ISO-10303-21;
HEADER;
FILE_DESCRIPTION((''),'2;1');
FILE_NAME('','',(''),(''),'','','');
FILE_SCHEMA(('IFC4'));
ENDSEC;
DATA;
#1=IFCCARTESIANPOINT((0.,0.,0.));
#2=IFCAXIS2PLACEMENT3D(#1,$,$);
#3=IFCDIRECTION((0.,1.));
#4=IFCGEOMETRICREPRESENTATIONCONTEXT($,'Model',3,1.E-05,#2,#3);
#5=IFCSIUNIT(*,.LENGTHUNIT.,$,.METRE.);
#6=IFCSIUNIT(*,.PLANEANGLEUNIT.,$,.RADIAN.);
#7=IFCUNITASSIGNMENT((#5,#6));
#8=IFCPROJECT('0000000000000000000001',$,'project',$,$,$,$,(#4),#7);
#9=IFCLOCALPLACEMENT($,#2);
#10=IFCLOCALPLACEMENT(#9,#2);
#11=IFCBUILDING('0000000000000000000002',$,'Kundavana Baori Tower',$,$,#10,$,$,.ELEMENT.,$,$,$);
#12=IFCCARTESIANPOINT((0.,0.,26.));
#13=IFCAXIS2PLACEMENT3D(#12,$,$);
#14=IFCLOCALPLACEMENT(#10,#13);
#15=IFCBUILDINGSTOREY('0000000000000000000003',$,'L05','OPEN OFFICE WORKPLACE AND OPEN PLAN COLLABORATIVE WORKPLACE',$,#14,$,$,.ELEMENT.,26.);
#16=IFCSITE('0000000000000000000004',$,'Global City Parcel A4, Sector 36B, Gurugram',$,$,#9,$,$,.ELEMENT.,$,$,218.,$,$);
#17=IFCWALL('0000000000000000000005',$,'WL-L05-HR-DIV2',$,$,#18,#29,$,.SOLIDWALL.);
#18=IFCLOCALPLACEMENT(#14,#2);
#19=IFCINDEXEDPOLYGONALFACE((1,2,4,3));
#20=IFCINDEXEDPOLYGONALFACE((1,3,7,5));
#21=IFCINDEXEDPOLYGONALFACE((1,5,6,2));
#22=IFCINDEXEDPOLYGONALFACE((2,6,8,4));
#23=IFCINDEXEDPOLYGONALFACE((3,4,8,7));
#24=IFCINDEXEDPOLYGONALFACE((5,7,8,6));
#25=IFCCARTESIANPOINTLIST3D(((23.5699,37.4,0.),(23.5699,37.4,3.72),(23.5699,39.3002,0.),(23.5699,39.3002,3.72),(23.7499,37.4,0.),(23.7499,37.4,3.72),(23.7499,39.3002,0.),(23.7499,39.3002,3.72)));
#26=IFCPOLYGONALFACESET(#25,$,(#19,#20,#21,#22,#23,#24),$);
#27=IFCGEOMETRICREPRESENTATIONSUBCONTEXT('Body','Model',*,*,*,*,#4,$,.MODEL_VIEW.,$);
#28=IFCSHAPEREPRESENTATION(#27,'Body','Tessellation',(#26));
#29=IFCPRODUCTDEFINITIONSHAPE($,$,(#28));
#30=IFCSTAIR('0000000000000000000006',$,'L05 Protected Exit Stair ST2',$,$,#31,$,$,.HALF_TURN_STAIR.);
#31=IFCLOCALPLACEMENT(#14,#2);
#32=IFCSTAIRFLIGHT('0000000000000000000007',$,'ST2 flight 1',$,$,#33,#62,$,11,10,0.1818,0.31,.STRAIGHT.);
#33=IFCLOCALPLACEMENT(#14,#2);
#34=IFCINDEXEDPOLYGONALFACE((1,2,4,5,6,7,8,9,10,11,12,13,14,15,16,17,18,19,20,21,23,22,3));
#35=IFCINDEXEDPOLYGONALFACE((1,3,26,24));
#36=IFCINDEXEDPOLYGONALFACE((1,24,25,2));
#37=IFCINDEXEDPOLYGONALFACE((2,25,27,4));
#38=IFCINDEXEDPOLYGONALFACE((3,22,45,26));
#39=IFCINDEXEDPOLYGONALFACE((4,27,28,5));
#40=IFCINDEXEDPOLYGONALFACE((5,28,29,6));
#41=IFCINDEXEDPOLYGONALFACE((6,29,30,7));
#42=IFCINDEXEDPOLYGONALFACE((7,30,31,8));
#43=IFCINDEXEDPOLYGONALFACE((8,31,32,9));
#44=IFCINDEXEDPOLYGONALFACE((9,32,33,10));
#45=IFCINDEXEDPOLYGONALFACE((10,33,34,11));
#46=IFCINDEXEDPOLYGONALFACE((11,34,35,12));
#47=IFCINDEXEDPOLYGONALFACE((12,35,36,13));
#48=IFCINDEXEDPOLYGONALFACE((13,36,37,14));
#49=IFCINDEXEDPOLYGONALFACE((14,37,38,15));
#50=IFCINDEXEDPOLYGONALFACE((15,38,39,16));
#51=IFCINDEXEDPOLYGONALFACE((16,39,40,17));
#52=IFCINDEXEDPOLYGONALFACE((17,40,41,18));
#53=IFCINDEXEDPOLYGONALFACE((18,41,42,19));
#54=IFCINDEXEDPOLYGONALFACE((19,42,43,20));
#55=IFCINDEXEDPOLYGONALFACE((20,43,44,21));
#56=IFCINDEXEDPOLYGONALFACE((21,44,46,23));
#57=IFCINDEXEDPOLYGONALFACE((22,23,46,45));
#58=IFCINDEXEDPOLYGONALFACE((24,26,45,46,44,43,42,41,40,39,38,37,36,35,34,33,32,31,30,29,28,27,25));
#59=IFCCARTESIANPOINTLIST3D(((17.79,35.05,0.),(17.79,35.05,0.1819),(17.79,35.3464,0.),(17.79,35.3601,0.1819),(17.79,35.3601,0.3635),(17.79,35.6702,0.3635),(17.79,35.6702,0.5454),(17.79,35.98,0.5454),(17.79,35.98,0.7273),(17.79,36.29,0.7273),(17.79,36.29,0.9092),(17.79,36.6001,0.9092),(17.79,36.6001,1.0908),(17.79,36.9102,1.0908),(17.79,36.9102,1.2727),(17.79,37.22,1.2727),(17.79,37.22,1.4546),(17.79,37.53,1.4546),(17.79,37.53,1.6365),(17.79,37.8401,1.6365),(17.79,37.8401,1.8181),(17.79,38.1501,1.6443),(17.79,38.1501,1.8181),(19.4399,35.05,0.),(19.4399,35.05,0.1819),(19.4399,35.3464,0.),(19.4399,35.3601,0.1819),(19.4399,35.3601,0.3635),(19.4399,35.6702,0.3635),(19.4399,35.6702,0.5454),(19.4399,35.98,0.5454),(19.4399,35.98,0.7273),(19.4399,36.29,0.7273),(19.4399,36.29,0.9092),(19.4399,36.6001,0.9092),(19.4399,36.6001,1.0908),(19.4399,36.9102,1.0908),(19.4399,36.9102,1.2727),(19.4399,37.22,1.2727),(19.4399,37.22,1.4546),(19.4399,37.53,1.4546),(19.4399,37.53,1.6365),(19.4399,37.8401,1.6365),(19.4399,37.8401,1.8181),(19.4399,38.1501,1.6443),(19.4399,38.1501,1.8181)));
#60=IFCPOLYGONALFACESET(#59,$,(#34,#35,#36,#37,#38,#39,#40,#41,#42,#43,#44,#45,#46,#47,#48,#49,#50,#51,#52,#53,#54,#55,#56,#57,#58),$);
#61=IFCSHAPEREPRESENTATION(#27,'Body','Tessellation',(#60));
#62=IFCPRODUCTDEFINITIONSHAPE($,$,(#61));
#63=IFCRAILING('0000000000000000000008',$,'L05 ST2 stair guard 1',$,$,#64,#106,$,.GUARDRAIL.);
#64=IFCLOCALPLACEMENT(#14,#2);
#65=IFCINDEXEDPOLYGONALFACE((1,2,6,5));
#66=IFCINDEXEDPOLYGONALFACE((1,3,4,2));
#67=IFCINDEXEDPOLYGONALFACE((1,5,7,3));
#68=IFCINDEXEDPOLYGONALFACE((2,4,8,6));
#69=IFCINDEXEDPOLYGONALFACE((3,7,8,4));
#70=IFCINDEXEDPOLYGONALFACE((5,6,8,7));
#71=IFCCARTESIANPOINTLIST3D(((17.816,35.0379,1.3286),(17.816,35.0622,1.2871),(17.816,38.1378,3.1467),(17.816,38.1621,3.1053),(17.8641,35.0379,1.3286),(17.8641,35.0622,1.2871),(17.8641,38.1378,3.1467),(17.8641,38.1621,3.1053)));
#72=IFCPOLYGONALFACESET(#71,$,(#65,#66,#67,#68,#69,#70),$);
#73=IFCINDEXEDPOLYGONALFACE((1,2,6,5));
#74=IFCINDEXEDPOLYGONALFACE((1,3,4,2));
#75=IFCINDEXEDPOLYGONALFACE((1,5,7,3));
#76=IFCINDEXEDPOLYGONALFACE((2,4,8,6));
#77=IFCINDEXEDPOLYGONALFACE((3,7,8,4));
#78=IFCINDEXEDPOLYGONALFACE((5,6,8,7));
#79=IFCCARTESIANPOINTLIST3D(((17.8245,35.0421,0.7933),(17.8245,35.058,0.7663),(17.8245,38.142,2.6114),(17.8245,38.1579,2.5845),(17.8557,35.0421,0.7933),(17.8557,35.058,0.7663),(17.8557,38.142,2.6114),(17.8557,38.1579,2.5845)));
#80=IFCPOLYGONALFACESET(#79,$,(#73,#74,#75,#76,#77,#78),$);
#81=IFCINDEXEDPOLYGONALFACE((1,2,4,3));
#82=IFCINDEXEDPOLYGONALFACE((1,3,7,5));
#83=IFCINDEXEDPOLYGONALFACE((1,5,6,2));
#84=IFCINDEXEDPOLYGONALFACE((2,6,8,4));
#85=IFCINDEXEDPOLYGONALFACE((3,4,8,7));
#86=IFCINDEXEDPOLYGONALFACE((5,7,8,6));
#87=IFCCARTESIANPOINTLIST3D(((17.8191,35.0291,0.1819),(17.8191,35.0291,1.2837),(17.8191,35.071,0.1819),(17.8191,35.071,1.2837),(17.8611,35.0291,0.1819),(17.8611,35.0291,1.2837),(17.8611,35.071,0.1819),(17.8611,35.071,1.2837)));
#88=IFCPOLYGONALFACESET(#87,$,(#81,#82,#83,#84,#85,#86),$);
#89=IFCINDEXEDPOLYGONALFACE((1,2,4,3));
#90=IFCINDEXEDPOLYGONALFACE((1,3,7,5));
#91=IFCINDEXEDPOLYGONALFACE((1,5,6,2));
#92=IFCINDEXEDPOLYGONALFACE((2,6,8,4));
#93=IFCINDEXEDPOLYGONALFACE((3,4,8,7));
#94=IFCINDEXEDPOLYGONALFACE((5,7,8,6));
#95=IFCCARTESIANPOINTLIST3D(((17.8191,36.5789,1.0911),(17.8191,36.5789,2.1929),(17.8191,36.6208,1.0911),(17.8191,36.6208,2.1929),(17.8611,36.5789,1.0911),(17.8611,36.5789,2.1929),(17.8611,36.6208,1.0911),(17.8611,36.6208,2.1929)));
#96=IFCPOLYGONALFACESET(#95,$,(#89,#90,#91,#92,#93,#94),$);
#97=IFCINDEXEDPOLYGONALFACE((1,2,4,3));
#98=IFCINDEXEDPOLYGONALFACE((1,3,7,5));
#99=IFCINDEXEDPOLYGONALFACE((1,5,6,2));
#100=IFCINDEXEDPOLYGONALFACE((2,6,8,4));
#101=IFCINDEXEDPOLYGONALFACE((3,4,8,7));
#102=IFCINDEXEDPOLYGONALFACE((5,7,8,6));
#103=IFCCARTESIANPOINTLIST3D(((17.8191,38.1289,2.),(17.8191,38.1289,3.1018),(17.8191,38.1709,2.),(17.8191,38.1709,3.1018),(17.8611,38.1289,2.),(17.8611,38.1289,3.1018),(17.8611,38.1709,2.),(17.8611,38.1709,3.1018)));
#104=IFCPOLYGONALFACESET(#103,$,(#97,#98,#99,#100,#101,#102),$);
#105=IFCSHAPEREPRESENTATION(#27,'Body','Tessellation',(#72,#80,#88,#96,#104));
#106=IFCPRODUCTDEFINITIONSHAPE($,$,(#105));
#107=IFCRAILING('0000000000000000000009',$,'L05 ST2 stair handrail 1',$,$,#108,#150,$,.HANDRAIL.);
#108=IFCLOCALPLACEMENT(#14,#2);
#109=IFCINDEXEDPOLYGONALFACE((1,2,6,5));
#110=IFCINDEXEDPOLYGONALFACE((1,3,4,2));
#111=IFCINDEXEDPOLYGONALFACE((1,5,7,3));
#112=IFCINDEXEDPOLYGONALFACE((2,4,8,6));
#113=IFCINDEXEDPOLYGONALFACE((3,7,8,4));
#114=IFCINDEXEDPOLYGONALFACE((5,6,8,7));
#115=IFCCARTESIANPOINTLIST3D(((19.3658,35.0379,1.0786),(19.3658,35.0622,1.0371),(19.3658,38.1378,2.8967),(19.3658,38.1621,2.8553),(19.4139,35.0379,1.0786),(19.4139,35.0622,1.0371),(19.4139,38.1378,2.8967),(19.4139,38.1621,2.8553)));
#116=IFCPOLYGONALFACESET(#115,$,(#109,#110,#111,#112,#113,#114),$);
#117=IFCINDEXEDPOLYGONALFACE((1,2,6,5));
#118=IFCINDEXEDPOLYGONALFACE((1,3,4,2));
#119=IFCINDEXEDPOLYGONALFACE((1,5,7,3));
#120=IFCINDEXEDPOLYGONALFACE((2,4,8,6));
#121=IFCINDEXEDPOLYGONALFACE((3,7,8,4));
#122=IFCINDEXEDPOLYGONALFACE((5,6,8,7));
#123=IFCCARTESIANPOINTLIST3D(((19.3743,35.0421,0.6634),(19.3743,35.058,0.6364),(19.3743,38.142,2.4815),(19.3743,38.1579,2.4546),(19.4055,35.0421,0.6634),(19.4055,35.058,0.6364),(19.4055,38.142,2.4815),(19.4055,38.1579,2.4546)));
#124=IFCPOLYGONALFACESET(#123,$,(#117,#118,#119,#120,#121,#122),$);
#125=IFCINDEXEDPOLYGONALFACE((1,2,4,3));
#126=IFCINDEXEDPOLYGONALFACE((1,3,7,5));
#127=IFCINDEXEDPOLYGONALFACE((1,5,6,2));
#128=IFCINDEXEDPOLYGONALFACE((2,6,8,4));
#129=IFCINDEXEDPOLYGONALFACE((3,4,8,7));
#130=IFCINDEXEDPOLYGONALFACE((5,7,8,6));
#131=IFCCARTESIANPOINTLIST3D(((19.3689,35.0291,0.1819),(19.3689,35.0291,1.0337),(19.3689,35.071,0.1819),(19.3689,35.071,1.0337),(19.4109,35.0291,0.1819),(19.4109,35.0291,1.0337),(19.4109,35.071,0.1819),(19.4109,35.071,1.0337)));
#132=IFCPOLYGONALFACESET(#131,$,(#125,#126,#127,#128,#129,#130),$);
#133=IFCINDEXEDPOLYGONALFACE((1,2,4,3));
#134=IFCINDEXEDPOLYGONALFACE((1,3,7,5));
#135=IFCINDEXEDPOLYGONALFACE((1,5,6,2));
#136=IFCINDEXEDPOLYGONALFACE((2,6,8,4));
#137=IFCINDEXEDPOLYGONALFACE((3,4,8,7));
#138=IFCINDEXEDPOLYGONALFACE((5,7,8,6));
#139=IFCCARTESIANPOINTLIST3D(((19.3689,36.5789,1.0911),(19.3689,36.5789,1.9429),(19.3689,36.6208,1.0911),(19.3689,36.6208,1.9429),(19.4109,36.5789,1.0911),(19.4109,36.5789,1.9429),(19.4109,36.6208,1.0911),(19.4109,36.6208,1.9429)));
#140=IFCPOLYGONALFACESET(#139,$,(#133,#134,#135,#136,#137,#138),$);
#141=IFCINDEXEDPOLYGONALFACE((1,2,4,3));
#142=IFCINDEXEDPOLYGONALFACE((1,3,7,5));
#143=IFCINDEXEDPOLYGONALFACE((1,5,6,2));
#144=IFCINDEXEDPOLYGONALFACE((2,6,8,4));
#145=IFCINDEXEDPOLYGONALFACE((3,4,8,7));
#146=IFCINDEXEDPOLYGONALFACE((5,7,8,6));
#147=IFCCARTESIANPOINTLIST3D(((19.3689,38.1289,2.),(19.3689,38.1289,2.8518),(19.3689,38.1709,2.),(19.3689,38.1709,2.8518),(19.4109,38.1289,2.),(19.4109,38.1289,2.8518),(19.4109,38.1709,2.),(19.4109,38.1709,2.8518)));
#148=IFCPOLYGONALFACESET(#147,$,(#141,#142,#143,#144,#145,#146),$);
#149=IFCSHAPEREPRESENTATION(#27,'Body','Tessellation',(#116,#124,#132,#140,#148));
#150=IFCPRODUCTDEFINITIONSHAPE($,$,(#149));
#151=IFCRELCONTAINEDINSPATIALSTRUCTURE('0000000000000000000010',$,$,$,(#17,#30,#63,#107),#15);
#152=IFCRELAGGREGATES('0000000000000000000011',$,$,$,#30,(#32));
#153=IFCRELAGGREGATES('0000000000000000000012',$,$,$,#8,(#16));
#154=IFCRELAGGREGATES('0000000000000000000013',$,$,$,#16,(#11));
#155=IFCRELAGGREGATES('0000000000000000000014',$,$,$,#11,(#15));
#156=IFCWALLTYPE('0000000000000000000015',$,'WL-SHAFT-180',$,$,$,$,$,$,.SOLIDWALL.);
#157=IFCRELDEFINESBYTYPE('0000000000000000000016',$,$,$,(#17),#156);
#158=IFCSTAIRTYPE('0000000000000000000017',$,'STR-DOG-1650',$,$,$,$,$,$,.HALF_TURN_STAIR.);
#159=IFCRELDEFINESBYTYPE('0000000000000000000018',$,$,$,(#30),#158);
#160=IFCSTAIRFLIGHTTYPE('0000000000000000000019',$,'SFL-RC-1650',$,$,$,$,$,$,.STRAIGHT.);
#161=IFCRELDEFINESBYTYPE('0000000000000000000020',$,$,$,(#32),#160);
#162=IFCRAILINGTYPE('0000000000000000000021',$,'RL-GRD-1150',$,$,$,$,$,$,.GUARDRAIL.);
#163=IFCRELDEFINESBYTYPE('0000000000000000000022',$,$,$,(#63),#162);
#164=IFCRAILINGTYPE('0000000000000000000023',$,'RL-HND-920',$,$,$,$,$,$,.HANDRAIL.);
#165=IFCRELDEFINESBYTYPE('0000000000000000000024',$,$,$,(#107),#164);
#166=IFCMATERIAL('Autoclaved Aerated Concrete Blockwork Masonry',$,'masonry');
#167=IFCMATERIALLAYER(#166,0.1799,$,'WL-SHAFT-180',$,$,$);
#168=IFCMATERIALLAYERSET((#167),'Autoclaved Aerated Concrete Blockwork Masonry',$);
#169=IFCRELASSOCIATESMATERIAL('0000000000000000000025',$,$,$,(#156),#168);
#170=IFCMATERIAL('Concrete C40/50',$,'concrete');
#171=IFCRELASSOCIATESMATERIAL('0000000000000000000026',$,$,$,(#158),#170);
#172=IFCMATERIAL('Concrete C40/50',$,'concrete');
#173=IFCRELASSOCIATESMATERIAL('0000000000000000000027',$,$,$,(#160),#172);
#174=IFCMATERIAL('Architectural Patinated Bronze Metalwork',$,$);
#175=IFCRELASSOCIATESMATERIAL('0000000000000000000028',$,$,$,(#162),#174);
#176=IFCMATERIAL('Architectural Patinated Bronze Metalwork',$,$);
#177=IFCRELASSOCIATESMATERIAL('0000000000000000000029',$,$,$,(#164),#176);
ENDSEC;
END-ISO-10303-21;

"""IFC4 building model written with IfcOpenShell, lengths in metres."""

from ifc_helpers import new_model, si_unit, direction, frame, frame_2d, origin, origin_2d, place, context, subcontext, project, spatial, polyline, rectangle, outline, extrude, material, layer, layer_set, type_object, element, aggregate, save


model = new_model("IFC4")

# Units and contexts
model_context = context("Model", 3, precision=1e-05, world=origin(), true_north=direction((0.0, 1.0)))
body_context = subcontext(model_context, "Body", "Model", "MODEL_VIEW")
ifc_project = project(units=[si_unit("LENGTHUNIT", "METRE"), si_unit("PLANEANGLEUNIT", "RADIAN")], contexts=[model_context])

# Site, building, storey
site_placement = place(None, origin())
site = spatial("IfcSite", under=ifc_project, at=site_placement, Name="Global City Parcel A4, Sector 36B, Gurugram", CompositionType="ELEMENT", RefElevation=218.0)
building_placement = place(site_placement, origin())
building = spatial("IfcBuilding", under=site, at=building_placement, Name="Kundavana Baori Tower", CompositionType="ELEMENT")
storey_placement = place(building_placement, frame((0.0, 0.0, 26.0)))
storey = spatial("IfcBuildingStorey", under=building, at=storey_placement, Name="L05", Description="OPEN OFFICE WORKPLACE AND OPEN PLAN COLLABORATIVE WORKPLACE", CompositionType="ELEMENT", Elevation=26.0)

# Shared definitions
ifc_material_1 = material(Name="Autoclaved Aerated Concrete Blockwork Masonry", Category="masonry")
ifc_layer_1 = layer(ifc_material_1, 0.1799, Name="WL-SHAFT-180")
ifc_layer_set_1 = layer_set([ifc_layer_1], Name="Autoclaved Aerated Concrete Blockwork Masonry")
wall_type_1 = type_object("IfcWallType", Name="WL-SHAFT-180", PredefinedType="SOLIDWALL", material=ifc_layer_set_1)

# Wall
wall_1_placement = place(storey_placement, frame((23.6599, 37.3999, 0.0), z_axis=(0.0, 0.0, 1.0), x_axis=(0.0, 1.0, 0.0)))
element("IfcWall", 1, at=wall_1_placement, inside=storey, type_object=wall_type_1, Name="WL-L05-HR-DIV2", PredefinedType="SOLIDWALL", context=body_context, shape_type="SweptSolid", body=[
    extrude(rectangle(XDim=1.9001, YDim=0.1799, at=frame_2d((0.9502, 0.0))), origin(), (0.0, 0.0, 1.0), 3.72),
])

# Stair, stair flight
ifc_material_2 = material(Name="Concrete C40/50", Category="concrete")
stair_type = type_object("IfcStairType", Name="STR-DOG-1650", PredefinedType="HALF_TURN_STAIR", material=ifc_material_2)
stair_placement = place(storey_placement, origin())
stair = element("IfcStair", 2, at=stair_placement, inside=storey, type_object=stair_type, Name="L05 Protected Exit Stair ST2", PredefinedType="HALF_TURN_STAIR")
ifc_material_3 = material(Name="Concrete C40/50", Category="concrete")
stair_flight_type = type_object("IfcStairFlightType", Name="SFL-RC-1650", PredefinedType="STRAIGHT", material=ifc_material_3)
stair_flight_placement = place(storey_placement, frame((18.615, 35.05, 0.0), z_axis=(0.0, 0.0, 1.0), x_axis=(0.0, 1.0, 0.0)))
stair_flight = element("IfcStairFlight", 3, at=stair_flight_placement, type_object=stair_flight_type, Name="ST2 flight 1", NumberOfRisers=11, NumberOfTreads=10, PredefinedType="STRAIGHT", RiserHeight=0.1818, TreadLength=0.31, context=body_context, shape_type="SweptSolid", body=[
    extrude(outline(polyline([(0.0, 0.0), (0.0, 0.1819), (0.3101, 0.1819), (0.3101, 0.3635), (0.6201, 0.3635), (0.6201, 0.5454), (0.9299, 0.5454), (0.9299, 0.7273), (1.24, 0.7273), (1.24, 0.9092), (1.55, 0.9092), (1.55, 1.0908), (1.8601, 1.0908), (1.8601, 1.2727), (2.1699, 1.2727), (2.1699, 1.4546), (2.48, 1.4546), (2.48, 1.6365), (2.79, 1.6365), (2.79, 1.8181), (3.1001, 1.8181), (3.1001, 2.0), (3.1001, 1.6443), (0.2964, 0.0), (0.0, 0.0)])), frame((0.0, 0.825, 0.0), z_axis=(0.0, -1.0, 0.0), x_axis=(1.0, 0.0, 0.0)), (0.0, 0.0, 1.0), 1.6499),
])
aggregate(stair, [stair_flight])

# Railings
ifc_material_4 = material(Name="Architectural Patinated Bronze Metalwork")
railing_type_1 = type_object("IfcRailingType", Name="RL-GRD-1150", PredefinedType="GUARDRAIL", material=ifc_material_4)
railing_1_placement = place(storey_placement, frame((17.8401, 35.05, 0.1819)))
element("IfcRailing", 4, at=railing_1_placement, inside=storey, type_object=railing_type_1, Name="L05 ST2 stair guard 1", PredefinedType="GUARDRAIL", context=body_context, shape_type="SweptSolid", body=[
    extrude(rectangle(XDim=0.0481, YDim=0.0481, at=origin_2d()), frame((0.0, 0.0, 1.126), z_axis=(0.0, 0.862581, 0.505918), x_axis=(-1.0, 0.0, 0.0)), (0.0, 0.0, 1.0), 3.5938),
    extrude(rectangle(XDim=0.0312, YDim=0.0312, at=origin_2d()), frame((0.0, 0.0, 0.5979), z_axis=(0.0, 0.862581, 0.505918), x_axis=(-1.0, 0.0, 0.0)), (0.0, 0.0, 1.0), 3.5938),
    extrude(rectangle(XDim=0.042, YDim=0.042, at=origin_2d()), origin(), (0.0, 0.0, 1.0), 1.1018),
    extrude(rectangle(XDim=0.042, YDim=0.042, at=origin_2d()), frame((0.0, 1.5498, 0.9092)), (0.0, 0.0, 1.0), 1.1018),
    extrude(rectangle(XDim=0.042, YDim=0.042, at=origin_2d()), frame((0.0, 3.0999, 1.8181)), (0.0, 0.0, 1.0), 1.1018),
])
ifc_material_5 = material(Name="Architectural Patinated Bronze Metalwork")
railing_type_2 = type_object("IfcRailingType", Name="RL-HND-920", PredefinedType="HANDRAIL", material=ifc_material_5)
railing_2_placement = place(storey_placement, frame((19.3899, 35.05, 0.1819)))
element("IfcRailing", 5, at=railing_2_placement, inside=storey, type_object=railing_type_2, Name="L05 ST2 stair handrail 1", PredefinedType="HANDRAIL", context=body_context, shape_type="SweptSolid", body=[
    extrude(rectangle(XDim=0.0481, YDim=0.0481, at=origin_2d()), frame((0.0, 0.0, 0.876), z_axis=(0.0, 0.862581, 0.505918), x_axis=(-1.0, 0.0, 0.0)), (0.0, 0.0, 1.0), 3.5938),
    extrude(rectangle(XDim=0.0312, YDim=0.0312, at=origin_2d()), frame((0.0, 0.0, 0.468), z_axis=(0.0, 0.862581, 0.505918), x_axis=(-1.0, 0.0, 0.0)), (0.0, 0.0, 1.0), 3.5938),
    extrude(rectangle(XDim=0.042, YDim=0.042, at=origin_2d()), origin(), (0.0, 0.0, 1.0), 0.8518),
    extrude(rectangle(XDim=0.042, YDim=0.042, at=origin_2d()), frame((0.0, 1.5498, 0.9092)), (0.0, 0.0, 1.0), 0.8518),
    extrude(rectangle(XDim=0.042, YDim=0.042, at=origin_2d()), frame((0.0, 3.0999, 1.8181)), (0.0, 0.0, 1.0), 0.8518),
])

save(model, "model.ifc")
